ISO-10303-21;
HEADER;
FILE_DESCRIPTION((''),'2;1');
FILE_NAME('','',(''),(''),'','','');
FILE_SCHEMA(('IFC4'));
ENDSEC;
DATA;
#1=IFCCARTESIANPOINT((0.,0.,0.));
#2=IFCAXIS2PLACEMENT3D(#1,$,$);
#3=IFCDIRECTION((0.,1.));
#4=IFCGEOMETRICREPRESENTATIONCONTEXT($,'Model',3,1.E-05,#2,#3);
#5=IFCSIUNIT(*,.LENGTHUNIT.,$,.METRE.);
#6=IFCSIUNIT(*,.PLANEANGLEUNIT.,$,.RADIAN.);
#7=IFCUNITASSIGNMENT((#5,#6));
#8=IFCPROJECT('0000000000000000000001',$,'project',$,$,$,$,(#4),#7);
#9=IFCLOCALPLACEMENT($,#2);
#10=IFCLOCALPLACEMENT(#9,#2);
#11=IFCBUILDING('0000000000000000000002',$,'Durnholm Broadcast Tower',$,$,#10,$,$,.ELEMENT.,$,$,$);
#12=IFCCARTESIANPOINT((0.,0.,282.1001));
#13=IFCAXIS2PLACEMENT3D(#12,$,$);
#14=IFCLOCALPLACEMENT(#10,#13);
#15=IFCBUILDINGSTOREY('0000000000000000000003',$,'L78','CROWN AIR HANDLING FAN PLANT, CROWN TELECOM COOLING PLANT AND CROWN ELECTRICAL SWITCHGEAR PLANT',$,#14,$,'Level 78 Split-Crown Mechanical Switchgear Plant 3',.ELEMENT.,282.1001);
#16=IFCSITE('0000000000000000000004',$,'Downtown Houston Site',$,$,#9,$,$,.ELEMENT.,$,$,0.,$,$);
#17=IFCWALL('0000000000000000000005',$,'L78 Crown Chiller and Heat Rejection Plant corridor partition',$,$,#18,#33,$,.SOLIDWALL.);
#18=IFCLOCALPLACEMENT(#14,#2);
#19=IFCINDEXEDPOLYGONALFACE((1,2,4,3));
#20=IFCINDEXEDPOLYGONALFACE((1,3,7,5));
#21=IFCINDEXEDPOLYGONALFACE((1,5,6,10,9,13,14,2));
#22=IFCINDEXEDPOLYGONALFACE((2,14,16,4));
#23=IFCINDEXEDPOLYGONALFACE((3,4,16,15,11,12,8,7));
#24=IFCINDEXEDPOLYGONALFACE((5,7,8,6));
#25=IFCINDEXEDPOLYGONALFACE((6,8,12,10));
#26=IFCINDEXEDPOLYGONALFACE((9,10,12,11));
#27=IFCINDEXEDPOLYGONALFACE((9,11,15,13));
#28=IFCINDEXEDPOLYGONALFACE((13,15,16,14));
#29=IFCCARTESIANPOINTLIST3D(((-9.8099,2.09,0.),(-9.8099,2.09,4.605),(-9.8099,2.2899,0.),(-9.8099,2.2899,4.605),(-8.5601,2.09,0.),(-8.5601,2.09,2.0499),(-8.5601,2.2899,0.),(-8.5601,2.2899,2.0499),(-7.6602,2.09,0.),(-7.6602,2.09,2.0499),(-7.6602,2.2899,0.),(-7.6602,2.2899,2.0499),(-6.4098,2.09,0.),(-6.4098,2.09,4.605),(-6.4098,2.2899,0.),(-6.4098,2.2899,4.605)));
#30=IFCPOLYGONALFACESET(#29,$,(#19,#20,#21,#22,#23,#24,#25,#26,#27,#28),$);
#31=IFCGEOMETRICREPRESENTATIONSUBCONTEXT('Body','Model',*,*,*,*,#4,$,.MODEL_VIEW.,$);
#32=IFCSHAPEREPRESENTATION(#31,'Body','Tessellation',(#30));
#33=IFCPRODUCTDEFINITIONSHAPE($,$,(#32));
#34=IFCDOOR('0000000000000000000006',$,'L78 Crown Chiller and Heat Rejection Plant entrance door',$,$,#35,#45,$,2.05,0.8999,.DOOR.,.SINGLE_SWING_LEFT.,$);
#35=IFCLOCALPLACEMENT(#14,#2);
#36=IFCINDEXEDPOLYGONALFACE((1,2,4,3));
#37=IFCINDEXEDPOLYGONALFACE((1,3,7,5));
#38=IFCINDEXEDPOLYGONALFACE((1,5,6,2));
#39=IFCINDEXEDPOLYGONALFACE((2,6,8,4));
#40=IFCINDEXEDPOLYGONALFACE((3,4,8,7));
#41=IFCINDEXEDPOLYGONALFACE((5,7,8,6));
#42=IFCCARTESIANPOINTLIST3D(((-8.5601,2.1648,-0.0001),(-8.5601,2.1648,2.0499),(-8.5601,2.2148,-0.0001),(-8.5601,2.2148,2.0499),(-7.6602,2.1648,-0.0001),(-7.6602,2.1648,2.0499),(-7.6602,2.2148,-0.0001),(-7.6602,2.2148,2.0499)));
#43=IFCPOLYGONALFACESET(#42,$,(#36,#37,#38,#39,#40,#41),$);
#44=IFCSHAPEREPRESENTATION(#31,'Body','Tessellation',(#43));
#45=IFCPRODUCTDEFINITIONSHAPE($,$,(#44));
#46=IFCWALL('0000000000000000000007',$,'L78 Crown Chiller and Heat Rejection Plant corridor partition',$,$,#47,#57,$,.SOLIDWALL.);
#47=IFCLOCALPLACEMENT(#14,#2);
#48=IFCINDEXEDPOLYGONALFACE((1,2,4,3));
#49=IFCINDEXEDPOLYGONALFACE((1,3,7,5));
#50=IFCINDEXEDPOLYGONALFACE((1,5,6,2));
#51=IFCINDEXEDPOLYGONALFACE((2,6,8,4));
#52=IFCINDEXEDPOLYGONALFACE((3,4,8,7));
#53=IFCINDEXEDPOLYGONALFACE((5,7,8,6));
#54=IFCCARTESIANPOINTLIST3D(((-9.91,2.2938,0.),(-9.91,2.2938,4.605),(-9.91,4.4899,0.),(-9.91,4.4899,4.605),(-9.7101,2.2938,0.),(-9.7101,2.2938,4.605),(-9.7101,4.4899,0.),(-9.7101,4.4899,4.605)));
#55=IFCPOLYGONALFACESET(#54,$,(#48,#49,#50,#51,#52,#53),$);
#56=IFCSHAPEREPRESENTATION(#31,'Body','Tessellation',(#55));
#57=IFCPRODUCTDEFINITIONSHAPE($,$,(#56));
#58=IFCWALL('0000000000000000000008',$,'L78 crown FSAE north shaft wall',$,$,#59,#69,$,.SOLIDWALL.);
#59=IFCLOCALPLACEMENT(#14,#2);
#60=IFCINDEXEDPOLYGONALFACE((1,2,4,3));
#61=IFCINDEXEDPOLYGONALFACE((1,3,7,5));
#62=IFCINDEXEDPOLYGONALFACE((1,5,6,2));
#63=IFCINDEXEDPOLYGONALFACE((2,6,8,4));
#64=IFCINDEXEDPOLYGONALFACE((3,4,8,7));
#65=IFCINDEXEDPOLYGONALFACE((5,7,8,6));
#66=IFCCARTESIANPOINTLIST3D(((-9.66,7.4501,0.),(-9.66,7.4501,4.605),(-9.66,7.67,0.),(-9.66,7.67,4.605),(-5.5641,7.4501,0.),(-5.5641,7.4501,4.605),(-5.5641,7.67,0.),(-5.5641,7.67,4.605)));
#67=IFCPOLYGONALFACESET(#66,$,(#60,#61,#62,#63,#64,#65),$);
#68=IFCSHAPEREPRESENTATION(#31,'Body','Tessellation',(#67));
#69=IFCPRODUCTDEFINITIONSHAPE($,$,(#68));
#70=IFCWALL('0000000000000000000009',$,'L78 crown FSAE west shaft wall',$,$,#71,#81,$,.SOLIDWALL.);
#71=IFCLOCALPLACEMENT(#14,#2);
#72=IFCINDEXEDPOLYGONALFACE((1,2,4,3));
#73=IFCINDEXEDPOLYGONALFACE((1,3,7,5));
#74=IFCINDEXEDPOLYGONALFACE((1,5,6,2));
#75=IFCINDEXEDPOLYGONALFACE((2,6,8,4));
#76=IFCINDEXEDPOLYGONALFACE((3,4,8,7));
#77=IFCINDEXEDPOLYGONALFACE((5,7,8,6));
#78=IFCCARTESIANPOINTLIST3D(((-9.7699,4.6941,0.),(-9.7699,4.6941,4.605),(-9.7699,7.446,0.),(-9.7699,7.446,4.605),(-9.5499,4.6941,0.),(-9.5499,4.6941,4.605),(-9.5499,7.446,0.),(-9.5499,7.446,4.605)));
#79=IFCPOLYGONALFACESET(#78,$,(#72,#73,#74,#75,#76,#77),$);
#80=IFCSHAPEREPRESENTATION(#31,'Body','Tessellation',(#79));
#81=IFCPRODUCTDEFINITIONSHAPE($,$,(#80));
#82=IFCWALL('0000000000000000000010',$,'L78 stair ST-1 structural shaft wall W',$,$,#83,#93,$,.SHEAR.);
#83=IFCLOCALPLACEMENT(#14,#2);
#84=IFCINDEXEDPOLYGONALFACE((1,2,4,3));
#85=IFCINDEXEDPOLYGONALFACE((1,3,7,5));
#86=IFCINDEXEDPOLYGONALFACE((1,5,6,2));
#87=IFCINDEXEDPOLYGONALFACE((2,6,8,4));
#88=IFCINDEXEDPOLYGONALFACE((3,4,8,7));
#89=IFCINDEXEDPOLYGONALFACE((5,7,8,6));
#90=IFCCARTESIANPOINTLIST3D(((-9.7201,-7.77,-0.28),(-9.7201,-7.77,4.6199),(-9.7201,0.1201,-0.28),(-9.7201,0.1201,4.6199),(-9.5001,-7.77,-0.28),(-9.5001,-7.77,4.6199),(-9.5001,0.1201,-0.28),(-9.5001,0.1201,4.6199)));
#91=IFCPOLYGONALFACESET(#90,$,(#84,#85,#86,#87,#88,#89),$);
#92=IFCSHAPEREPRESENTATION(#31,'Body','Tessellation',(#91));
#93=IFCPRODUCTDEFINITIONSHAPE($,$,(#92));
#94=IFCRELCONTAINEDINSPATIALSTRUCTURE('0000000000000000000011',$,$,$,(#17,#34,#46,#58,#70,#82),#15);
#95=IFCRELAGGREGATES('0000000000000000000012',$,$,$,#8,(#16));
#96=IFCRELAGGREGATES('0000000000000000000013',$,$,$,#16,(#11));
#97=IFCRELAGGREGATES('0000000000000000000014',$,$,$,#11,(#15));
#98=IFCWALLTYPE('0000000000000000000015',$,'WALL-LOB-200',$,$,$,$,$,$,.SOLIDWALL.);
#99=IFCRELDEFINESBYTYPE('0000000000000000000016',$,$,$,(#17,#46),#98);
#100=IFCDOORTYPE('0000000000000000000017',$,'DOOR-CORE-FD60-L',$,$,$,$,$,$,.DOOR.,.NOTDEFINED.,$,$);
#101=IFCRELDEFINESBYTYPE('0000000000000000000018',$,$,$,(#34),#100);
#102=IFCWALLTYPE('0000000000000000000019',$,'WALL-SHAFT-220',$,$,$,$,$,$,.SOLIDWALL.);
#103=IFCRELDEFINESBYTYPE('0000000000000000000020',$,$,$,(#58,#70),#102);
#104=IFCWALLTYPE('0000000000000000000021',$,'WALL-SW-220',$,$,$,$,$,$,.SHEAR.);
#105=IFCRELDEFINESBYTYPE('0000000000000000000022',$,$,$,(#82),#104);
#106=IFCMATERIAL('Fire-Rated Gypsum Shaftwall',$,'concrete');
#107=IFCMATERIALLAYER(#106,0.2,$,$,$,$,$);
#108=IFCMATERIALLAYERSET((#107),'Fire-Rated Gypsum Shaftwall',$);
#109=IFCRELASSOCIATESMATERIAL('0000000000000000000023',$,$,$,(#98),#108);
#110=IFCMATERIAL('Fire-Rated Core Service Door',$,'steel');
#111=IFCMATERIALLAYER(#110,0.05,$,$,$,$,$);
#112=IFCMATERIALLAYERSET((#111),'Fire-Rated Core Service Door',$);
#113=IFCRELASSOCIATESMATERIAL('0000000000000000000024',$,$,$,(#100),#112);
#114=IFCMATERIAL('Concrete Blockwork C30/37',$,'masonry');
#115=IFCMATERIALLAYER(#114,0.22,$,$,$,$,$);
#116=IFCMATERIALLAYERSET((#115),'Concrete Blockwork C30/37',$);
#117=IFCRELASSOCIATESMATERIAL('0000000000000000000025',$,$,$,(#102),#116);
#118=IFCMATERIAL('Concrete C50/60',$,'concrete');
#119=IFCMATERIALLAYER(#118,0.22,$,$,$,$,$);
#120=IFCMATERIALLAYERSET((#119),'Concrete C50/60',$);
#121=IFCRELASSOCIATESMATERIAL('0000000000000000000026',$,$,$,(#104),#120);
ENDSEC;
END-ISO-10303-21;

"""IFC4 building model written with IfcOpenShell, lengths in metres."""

from ifc_helpers import new_model, si_unit, direction, frame, frame_2d, origin, place, context, subcontext, project, spatial, rectangle, extrude, source, transform, mapped, material, layer, layer_set, type_object, type_shapes, element, fill, save


model = new_model("IFC4")

# Units and contexts
model_context = context("Model", 3, precision=1e-05, world=origin(), true_north=direction((0.0, 1.0)))
body_context = subcontext(model_context, "Body", "Model", "MODEL_VIEW")
ifc_project = project(units=[si_unit("LENGTHUNIT", "METRE"), si_unit("PLANEANGLEUNIT", "RADIAN")], contexts=[model_context])

# Site, building, storey
site_placement = place(None, origin())
site = spatial("IfcSite", under=ifc_project, at=site_placement, Name="Downtown Houston Site", CompositionType="ELEMENT", RefElevation=0.0)
building_placement = place(site_placement, origin())
building = spatial("IfcBuilding", under=site, at=building_placement, Name="Durnholm Broadcast Tower", CompositionType="ELEMENT")
storey_placement = place(building_placement, frame((0.0, 0.0, 282.1001)))
storey = spatial("IfcBuildingStorey", under=building, at=storey_placement, Name="L78", Description="CROWN AIR HANDLING FAN PLANT, CROWN TELECOM COOLING PLANT AND CROWN ELECTRICAL SWITCHGEAR PLANT", LongName="Level 78 Split-Crown Mechanical Switchgear Plant 3", CompositionType="ELEMENT", Elevation=282.1001)

# Wall, opening, door
ifc_material_1 = material(Name="Fire-Rated Gypsum Shaftwall", Category="concrete")
ifc_layer_1 = layer(ifc_material_1, 0.2)
ifc_layer_set_1 = layer_set([ifc_layer_1], Name="Fire-Rated Gypsum Shaftwall")
wall_type_1 = type_object("IfcWallType", Name="WALL-LOB-200", PredefinedType="SOLIDWALL", material=ifc_layer_set_1)
wall_1_placement = place(storey_placement, frame((-9.8101, 2.1899, 0.0), z_axis=(0.0, 0.0, 1.0), x_axis=(1.0, 0.0, 0.0)))
wall_1 = element("IfcWall", 1, at=wall_1_placement, inside=storey, type_object=wall_type_1, Name="L78 Crown Chiller and Heat Rejection Plant corridor partition", PredefinedType="SOLIDWALL", context=body_context, shape_type="SweptSolid", body=[
    extrude(rectangle(XDim=3.4001, YDim=0.2, at=frame_2d((1.7002, 0.0))), origin(), (0.0, 0.0, 1.0), 4.605),
])
opening_1_placement = place(wall_1_placement, frame((1.25, 0.0, 0.0)))
opening_1 = element("IfcOpeningElement", 2, at=opening_1_placement, cuts=wall_1, PredefinedType="OPENING", context=body_context, shape_type="SweptSolid", body=[
    extrude(rectangle(XDim=0.8999, YDim=2.05, at=frame_2d((0.45, 1.0249))), frame((0.0, 0.1099, 0.0), z_axis=(0.0, -1.0, 0.0), x_axis=(1.0, 0.0, 0.0)), (0.0, 0.0, 1.0), 0.22),
])
ifc_material_2 = material(Name="Fire-Rated Core Service Door", Category="steel")
ifc_layer_2 = layer(ifc_material_2, 0.05)
ifc_layer_set_2 = layer_set([ifc_layer_2], Name="Fire-Rated Core Service Door")
door_type_1 = type_object("IfcDoorType", Name="DOOR-CORE-FD60-L", OperationType="NOTDEFINED", PredefinedType="DOOR", material=ifc_layer_set_2)
shared_shape_1 = source(origin(), body_context, "Body", "SweptSolid", [
    extrude(rectangle(XDim=0.8999, YDim=2.05, at=frame_2d((0.45, 1.0249))), frame((0.0, 0.0249, 0.0), z_axis=(0.0, -1.0, 0.0), x_axis=(1.0, 0.0, 0.0)), (0.0, 0.0, 1.0), 0.05),
])
type_shapes(door_type_1, [shared_shape_1])
door_1_placement = place(opening_1_placement, origin())
door_1 = element("IfcDoor", 3, at=door_1_placement, inside=storey, type_object=door_type_1, Name="L78 Crown Chiller and Heat Rejection Plant entrance door", OperationType="SINGLE_SWING_LEFT", OverallHeight=2.05, OverallWidth=0.8999, PredefinedType="DOOR", context=body_context, shape_type="MappedRepresentation", body=[
    mapped(shared_shape_1, transform((0.0, 0.0, 0.0), x_axis=(1.0, 0.0, 0.0), y_axis=(0.0, 1.0, 0.0), z_axis=(0.0, 0.0, 1.0), scale=1.0)),
])
fill(opening_1, door_1)

# Wall
wall_2_placement = place(storey_placement, frame((-9.8101, 4.49, 0.0), z_axis=(0.0, 0.0, 1.0), x_axis=(0.0, -1.0, 0.0)))
element("IfcWall", 4, at=wall_2_placement, inside=storey, type_object=wall_type_1, Name="L78 Crown Chiller and Heat Rejection Plant corridor partition", PredefinedType="SOLIDWALL", context=body_context, shape_type="SweptSolid", body=[
    extrude(rectangle(XDim=2.196, YDim=0.2, at=frame_2d((1.0981, 0.0))), origin(), (0.0, 0.0, 1.0), 4.605),
])

# Shared definitions
ifc_material_3 = material(Name="Concrete Blockwork C30/37", Category="masonry")
ifc_layer_3 = layer(ifc_material_3, 0.22)
ifc_layer_set_3 = layer_set([ifc_layer_3], Name="Concrete Blockwork C30/37")
wall_type_2 = type_object("IfcWallType", Name="WALL-SHAFT-220", PredefinedType="SOLIDWALL", material=ifc_layer_set_3)

# Walls
wall_3_placement = place(storey_placement, frame((-9.6599, 7.5601, 0.0), z_axis=(0.0, 0.0, 1.0), x_axis=(1.0, 0.0, 0.0)))
element("IfcWall", 5, at=wall_3_placement, inside=storey, type_object=wall_type_2, Name="L78 crown FSAE north shaft wall", PredefinedType="SOLIDWALL", context=body_context, shape_type="SweptSolid", body=[
    extrude(rectangle(XDim=4.0959, YDim=0.22, at=frame_2d((2.0479, 0.0))), origin(), (0.0, 0.0, 1.0), 4.605),
])
wall_4_placement = place(storey_placement, frame((-9.6599, 4.6941, 0.0), z_axis=(0.0, 0.0, 1.0), x_axis=(0.0, 1.0, 0.0)))
element("IfcWall", 6, at=wall_4_placement, inside=storey, type_object=wall_type_2, Name="L78 crown FSAE west shaft wall", PredefinedType="SOLIDWALL", context=body_context, shape_type="SweptSolid", body=[
    extrude(rectangle(XDim=2.752, YDim=0.22, at=frame_2d((1.376, 0.0))), origin(), (0.0, 0.0, 1.0), 4.605),
])
ifc_material_4 = material(Name="Concrete C50/60", Category="concrete")
ifc_layer_4 = layer(ifc_material_4, 0.22)
ifc_layer_set_4 = layer_set([ifc_layer_4], Name="Concrete C50/60")
wall_type_3 = type_object("IfcWallType", Name="WALL-SW-220", PredefinedType="SHEAR", material=ifc_layer_set_4)
wall_5_placement = place(storey_placement, frame((-9.6101, 0.1201, -0.28), z_axis=(0.0, 0.0, 1.0), x_axis=(0.0, -1.0, 0.0)))
element("IfcWall", 7, at=wall_5_placement, inside=storey, type_object=wall_type_3, Name="L78 stair ST-1 structural shaft wall W", PredefinedType="SHEAR", context=body_context, shape_type="SweptSolid", body=[
    extrude(rectangle(XDim=7.8901, YDim=0.22, at=frame_2d((3.9451, 0.0))), origin(), (0.0, 0.0, 1.0), 4.8999),
])

save(model, "model.ifc")
